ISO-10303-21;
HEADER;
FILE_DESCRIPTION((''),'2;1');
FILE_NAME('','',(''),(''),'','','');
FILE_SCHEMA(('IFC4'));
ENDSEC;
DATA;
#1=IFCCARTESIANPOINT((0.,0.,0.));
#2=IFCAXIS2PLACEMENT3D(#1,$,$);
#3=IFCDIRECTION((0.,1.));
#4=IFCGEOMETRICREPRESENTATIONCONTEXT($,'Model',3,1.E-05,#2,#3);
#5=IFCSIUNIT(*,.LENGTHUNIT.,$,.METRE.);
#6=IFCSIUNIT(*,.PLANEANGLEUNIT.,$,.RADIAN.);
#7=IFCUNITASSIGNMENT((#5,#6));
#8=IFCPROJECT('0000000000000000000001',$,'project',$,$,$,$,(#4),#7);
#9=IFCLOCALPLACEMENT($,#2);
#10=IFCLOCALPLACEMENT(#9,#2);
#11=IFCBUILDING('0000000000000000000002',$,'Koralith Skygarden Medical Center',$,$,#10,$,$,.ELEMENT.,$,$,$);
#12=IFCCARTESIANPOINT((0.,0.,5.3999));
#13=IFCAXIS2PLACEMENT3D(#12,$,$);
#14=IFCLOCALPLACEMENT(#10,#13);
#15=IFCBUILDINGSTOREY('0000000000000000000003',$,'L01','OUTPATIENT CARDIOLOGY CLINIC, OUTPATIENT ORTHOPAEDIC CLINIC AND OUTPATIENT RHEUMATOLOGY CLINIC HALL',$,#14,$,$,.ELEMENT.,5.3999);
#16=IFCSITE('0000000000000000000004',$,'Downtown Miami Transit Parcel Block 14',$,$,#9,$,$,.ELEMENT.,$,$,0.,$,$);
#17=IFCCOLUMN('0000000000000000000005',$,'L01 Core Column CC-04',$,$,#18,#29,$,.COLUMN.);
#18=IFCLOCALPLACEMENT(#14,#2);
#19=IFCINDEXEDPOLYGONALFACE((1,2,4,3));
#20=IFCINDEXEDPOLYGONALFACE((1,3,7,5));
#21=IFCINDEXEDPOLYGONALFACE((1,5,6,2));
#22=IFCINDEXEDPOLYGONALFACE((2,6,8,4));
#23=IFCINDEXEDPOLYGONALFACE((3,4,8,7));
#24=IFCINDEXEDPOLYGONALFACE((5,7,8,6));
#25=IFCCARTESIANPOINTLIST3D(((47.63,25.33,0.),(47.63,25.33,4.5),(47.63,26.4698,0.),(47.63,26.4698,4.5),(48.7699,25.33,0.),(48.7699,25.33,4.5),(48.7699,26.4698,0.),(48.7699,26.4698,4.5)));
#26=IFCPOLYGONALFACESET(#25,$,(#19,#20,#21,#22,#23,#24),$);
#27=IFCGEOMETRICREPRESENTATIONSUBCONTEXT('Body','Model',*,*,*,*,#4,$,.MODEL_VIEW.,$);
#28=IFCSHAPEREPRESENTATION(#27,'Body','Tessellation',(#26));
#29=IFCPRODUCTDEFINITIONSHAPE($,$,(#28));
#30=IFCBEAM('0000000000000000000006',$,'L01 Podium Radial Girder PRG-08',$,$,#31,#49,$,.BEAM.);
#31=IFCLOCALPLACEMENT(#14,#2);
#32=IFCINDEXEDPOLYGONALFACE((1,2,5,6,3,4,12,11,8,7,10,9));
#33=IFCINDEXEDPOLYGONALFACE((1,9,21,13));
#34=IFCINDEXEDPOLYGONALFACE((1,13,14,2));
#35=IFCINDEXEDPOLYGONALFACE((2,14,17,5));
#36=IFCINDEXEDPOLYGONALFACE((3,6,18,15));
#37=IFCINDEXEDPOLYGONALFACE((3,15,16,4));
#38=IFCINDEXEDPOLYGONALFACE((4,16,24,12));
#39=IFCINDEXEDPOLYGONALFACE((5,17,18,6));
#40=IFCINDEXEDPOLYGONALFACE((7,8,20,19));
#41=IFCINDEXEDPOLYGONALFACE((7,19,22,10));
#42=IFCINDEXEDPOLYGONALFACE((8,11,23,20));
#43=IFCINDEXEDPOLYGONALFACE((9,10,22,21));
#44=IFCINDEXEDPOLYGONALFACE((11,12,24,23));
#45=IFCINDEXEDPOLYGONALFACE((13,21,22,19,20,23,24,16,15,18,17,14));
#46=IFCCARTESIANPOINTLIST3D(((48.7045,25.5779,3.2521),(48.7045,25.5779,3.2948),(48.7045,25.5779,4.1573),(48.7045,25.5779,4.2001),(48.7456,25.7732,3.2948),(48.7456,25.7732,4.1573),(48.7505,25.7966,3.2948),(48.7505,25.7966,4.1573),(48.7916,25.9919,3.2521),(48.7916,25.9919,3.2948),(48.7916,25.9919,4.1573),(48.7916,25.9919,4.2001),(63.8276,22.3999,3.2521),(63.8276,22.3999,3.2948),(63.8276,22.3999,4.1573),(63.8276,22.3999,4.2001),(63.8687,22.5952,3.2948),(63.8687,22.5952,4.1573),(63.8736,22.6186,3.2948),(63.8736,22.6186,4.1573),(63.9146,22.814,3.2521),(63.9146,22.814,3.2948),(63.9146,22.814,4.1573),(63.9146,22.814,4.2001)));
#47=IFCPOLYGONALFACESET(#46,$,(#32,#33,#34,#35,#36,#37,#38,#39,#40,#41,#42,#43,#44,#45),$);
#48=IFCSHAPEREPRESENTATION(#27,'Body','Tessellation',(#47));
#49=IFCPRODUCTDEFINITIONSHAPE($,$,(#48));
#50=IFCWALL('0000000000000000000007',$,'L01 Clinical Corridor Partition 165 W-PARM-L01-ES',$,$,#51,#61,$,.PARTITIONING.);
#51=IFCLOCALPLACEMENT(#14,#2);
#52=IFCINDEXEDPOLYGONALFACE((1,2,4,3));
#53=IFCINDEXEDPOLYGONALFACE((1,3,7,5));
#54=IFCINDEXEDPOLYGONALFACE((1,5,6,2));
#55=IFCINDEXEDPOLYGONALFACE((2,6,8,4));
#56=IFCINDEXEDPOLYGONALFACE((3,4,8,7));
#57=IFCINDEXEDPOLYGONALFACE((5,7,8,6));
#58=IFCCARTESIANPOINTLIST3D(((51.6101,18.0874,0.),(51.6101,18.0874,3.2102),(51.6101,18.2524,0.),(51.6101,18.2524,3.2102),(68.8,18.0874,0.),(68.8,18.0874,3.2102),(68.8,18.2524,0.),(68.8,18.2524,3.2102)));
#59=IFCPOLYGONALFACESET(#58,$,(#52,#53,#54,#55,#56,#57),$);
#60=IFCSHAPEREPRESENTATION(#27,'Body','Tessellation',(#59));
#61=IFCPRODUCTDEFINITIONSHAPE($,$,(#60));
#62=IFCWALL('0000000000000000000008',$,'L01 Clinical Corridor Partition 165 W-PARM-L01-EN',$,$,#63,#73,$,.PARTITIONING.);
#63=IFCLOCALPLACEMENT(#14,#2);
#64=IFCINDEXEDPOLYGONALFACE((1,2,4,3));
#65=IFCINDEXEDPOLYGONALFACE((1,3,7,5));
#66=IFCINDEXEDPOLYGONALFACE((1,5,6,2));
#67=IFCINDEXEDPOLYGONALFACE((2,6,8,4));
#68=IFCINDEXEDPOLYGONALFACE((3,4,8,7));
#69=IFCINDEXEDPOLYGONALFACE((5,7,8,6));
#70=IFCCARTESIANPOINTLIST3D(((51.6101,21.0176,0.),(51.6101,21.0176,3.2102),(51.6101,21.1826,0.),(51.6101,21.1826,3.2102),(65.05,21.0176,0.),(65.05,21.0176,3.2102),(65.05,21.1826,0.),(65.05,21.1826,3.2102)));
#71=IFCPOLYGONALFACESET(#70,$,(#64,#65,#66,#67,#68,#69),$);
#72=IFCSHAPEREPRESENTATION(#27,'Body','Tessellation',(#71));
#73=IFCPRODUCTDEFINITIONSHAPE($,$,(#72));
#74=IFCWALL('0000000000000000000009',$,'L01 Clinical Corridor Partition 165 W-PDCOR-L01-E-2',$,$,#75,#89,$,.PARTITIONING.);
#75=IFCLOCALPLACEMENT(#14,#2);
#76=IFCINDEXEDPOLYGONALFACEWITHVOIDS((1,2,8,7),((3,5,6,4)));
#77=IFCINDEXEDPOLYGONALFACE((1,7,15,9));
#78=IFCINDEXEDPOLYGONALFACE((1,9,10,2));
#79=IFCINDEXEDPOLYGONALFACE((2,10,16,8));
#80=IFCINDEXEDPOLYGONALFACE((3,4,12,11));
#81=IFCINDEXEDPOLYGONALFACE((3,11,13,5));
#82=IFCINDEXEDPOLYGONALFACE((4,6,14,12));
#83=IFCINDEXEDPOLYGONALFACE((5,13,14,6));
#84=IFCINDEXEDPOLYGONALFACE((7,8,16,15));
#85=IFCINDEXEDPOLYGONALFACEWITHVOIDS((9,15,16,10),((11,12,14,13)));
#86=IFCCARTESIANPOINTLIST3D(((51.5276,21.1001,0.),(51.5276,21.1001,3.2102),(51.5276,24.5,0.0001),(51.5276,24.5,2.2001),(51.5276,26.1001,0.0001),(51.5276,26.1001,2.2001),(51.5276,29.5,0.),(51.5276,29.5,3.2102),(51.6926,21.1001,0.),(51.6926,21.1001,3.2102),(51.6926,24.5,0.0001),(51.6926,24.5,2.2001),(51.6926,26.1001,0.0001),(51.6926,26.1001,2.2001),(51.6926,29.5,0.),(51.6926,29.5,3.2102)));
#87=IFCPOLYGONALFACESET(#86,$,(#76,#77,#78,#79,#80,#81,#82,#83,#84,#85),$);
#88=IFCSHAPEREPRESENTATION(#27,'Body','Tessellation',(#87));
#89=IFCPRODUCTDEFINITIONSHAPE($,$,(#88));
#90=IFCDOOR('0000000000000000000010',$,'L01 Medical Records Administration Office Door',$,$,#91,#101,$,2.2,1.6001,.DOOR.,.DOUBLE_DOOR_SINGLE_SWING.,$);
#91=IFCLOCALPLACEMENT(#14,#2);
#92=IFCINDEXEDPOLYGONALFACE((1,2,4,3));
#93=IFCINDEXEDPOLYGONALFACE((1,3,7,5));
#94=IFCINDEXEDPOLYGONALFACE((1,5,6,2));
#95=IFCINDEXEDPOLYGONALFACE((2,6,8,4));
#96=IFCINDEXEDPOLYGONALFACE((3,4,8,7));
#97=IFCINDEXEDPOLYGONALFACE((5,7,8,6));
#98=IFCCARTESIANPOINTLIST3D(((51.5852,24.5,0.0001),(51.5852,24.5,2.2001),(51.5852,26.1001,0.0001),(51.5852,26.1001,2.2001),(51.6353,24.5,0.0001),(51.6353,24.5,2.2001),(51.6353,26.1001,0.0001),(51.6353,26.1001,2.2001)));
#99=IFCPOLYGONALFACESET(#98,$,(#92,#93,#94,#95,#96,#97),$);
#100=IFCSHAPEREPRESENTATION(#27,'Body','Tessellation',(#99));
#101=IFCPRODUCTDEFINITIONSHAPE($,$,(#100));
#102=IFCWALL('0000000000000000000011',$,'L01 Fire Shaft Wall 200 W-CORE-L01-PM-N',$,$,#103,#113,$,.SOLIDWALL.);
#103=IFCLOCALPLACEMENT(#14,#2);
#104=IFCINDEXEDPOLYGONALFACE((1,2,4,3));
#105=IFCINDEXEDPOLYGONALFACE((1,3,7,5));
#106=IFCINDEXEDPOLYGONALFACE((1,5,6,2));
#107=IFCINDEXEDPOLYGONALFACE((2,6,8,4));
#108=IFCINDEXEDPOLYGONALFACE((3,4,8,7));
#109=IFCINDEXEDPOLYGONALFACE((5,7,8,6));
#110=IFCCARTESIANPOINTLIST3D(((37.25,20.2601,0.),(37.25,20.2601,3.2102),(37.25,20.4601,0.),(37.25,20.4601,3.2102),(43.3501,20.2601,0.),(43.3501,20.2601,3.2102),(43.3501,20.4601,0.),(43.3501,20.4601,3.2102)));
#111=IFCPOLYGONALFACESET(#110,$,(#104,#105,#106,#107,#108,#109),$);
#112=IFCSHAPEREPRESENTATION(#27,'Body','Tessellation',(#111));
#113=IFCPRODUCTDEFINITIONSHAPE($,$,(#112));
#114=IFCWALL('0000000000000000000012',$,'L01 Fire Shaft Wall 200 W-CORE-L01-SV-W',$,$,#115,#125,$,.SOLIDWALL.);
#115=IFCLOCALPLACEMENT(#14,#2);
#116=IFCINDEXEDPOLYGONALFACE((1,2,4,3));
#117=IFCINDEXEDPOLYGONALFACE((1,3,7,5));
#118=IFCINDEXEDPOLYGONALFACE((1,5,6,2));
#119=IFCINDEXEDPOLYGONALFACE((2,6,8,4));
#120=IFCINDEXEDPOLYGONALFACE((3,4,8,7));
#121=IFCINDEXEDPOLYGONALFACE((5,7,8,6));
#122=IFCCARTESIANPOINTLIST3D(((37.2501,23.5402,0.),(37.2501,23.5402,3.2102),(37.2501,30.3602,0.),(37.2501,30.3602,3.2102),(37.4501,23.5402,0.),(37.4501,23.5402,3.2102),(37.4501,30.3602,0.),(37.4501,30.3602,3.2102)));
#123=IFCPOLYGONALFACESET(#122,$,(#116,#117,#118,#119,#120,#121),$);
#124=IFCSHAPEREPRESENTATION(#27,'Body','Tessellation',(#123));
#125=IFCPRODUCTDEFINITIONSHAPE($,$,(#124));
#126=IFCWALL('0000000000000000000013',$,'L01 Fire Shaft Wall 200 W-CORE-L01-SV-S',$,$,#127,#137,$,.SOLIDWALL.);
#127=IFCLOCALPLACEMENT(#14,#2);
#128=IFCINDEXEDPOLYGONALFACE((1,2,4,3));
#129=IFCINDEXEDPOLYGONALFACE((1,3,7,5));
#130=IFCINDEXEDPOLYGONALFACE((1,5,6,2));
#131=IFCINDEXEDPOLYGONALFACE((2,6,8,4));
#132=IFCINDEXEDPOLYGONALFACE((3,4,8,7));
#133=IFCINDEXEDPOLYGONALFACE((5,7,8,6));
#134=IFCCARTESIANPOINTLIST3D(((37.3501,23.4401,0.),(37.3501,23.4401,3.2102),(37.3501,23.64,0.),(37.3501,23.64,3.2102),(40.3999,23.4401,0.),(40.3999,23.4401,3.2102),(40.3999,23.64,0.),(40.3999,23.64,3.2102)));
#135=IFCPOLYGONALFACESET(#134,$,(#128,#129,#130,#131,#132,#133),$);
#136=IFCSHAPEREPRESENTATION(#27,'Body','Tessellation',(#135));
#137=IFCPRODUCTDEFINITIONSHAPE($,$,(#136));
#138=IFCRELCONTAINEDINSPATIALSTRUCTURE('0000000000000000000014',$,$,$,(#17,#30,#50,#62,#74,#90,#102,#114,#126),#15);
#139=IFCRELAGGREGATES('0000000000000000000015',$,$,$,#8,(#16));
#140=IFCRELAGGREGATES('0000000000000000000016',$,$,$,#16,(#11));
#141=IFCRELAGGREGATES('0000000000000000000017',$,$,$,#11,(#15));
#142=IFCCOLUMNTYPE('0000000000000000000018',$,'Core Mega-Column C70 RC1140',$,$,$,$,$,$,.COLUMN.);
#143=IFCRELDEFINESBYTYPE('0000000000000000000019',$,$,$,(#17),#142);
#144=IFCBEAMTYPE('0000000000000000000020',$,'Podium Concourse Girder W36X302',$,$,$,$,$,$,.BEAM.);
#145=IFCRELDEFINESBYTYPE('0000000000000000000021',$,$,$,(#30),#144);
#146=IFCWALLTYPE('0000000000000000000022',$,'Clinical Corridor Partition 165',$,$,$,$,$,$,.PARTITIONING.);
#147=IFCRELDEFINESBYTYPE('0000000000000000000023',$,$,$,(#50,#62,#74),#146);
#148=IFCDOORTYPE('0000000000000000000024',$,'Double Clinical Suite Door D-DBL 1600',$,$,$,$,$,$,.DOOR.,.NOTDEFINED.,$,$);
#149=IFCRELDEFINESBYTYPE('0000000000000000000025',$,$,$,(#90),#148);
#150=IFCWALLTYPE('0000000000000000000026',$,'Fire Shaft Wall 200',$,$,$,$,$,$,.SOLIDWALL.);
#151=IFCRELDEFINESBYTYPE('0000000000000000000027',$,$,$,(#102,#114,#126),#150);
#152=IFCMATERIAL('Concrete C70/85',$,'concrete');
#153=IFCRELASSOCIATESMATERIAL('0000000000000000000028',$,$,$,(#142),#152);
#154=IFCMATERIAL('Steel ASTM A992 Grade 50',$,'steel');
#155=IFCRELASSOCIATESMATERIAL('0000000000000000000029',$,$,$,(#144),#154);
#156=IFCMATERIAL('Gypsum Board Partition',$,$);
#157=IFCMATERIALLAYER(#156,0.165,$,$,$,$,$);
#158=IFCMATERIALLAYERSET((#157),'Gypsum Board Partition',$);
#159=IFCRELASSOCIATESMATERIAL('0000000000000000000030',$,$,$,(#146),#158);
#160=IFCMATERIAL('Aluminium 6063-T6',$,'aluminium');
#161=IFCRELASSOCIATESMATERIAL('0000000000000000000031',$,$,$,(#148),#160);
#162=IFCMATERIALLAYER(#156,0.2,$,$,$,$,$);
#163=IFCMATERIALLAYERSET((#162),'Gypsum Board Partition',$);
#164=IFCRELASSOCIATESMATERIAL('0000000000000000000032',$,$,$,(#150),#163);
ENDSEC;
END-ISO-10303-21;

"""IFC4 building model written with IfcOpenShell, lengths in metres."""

from ifc_helpers import new_model, si_unit, direction, frame, frame_2d, origin, origin_2d, place, context, subcontext, project, spatial, rectangle, i_section, extrude, material, layer, layer_set, material_profile, profile_set, type_object, element, fill, save


model = new_model("IFC4")

# Units and contexts
model_context = context("Model", 3, precision=1e-05, world=origin(), true_north=direction((0.0, 1.0)))
body_context = subcontext(model_context, "Body", "Model", "MODEL_VIEW")
ifc_project = project(units=[si_unit("LENGTHUNIT", "METRE"), si_unit("PLANEANGLEUNIT", "RADIAN")], contexts=[model_context])

# Site, building, storey
site_placement = place(None, origin())
site = spatial("IfcSite", under=ifc_project, at=site_placement, Name="Downtown Miami Transit Parcel Block 14", CompositionType="ELEMENT", RefElevation=0.0)
building_placement = place(site_placement, origin())
building = spatial("IfcBuilding", under=site, at=building_placement, Name="Koralith Skygarden Medical Center", CompositionType="ELEMENT")
storey_placement = place(building_placement, frame((0.0, 0.0, 5.3999)))
storey = spatial("IfcBuildingStorey", under=building, at=storey_placement, Name="L01", Description="OUTPATIENT CARDIOLOGY CLINIC, OUTPATIENT ORTHOPAEDIC CLINIC AND OUTPATIENT RHEUMATOLOGY CLINIC HALL", CompositionType="ELEMENT", Elevation=5.3999)

# Column
ifc_material_1 = material(Name="Concrete C70/85", Category="concrete")
ifc_material_profile_1 = material_profile(ifc_material_1, rectangle(XDim=1.1399, YDim=1.1399, at=origin_2d()), Name="RC1140X1140")
ifc_profile_set_1 = profile_set([ifc_material_profile_1], Name="Concrete C70/85")
column_type = type_object("IfcColumnType", Name="Core Mega-Column C70 RC1140", PredefinedType="COLUMN", material=ifc_profile_set_1)
column_placement = place(storey_placement, frame((48.2, 25.8999, 0.0), z_axis=(0.0, 0.0, 1.0), x_axis=(1.0, 0.0, 0.0)))
element("IfcColumn", 1, at=column_placement, inside=storey, type_object=column_type, Name="L01 Core Column CC-04", PredefinedType="COLUMN", context=body_context, shape_type="SweptSolid", body=[
    extrude(rectangle(XDim=1.1399, YDim=1.1399, at=origin_2d()), origin(), (0.0, 0.0, 1.0), 4.5),
])

# Beam
ifc_material_2 = material(Name="Steel ASTM A992 Grade 50", Category="steel")
ifc_material_profile_2 = material_profile(ifc_material_2, i_section(OverallWidth=0.4231, OverallDepth=0.948, WebThickness=0.0239, FlangeThickness=0.0427, at=origin_2d()), Name="W36X302")
ifc_profile_set_2 = profile_set([ifc_material_profile_2], Name="Steel ASTM A992 Grade 50")
beam_type = type_object("IfcBeamType", Name="Podium Concourse Girder W36X302", PredefinedType="BEAM", material=ifc_profile_set_2)
beam_placement = place(storey_placement, frame((48.748, 25.7849, 3.7261), z_axis=(0.978626, -0.20565, 0.0), x_axis=(0.20565, 0.978626, 0.0)))
element("IfcBeam", 2, at=beam_placement, inside=storey, type_object=beam_type, Name="L01 Podium Radial Girder PRG-08", PredefinedType="BEAM", context=body_context, shape_type="SweptSolid", body=[
    extrude(i_section(OverallWidth=0.4231, OverallDepth=0.948, WebThickness=0.0239, FlangeThickness=0.0427, at=origin_2d()), origin(), (0.0, 0.0, 1.0), 15.4534),
])

# Walls
ifc_material_3 = material(Name="Gypsum Board Partition")
ifc_layer_1 = layer(ifc_material_3, 0.165)
ifc_layer_set_1 = layer_set([ifc_layer_1], Name="Gypsum Board Partition")
wall_type_1 = type_object("IfcWallType", Name="Clinical Corridor Partition 165", PredefinedType="PARTITIONING", material=ifc_layer_set_1)
wall_1_placement = place(storey_placement, frame((51.6101, 18.1699, 0.0), z_axis=(0.0, 0.0, 1.0), x_axis=(1.0, 0.0, 0.0)))
element("IfcWall", 3, at=wall_1_placement, inside=storey, type_object=wall_type_1, Name="L01 Clinical Corridor Partition 165 W-PARM-L01-ES", PredefinedType="PARTITIONING", context=body_context, shape_type="SweptSolid", body=[
    extrude(rectangle(XDim=17.1899, YDim=0.165, at=frame_2d((8.595, 0.0))), origin(), (0.0, 0.0, 1.0), 3.2102),
])
wall_2_placement = place(storey_placement, frame((51.6101, 21.1001, 0.0), z_axis=(0.0, 0.0, 1.0), x_axis=(1.0, 0.0, 0.0)))
element("IfcWall", 4, at=wall_2_placement, inside=storey, type_object=wall_type_1, Name="L01 Clinical Corridor Partition 165 W-PARM-L01-EN", PredefinedType="PARTITIONING", context=body_context, shape_type="SweptSolid", body=[
    extrude(rectangle(XDim=13.4399, YDim=0.165, at=frame_2d((6.72, 0.0))), origin(), (0.0, 0.0, 1.0), 3.2102),
])

# Wall, opening, door
wall_3_placement = place(storey_placement, frame((51.6101, 21.1001, 0.0), z_axis=(0.0, 0.0, 1.0), x_axis=(0.0, 1.0, 0.0)))
wall_3 = element("IfcWall", 5, at=wall_3_placement, inside=storey, type_object=wall_type_1, Name="L01 Clinical Corridor Partition 165 W-PDCOR-L01-E-2", PredefinedType="PARTITIONING", context=body_context, shape_type="SweptSolid", body=[
    extrude(rectangle(XDim=8.3999, YDim=0.165, at=frame_2d((4.2, 0.0))), origin(), (0.0, 0.0, 1.0), 3.2102),
])
opening_1_placement = place(wall_3_placement, frame((3.3999, 0.0, 0.0)))
opening_1 = element("IfcOpeningElement", 6, at=opening_1_placement, cuts=wall_3, PredefinedType="OPENING", context=body_context, shape_type="SweptSolid", body=[
    extrude(rectangle(XDim=1.6001, YDim=2.2, at=frame_2d((0.8, 1.1001))), frame((0.0, 0.0925, 0.0), z_axis=(0.0, -1.0, 0.0), x_axis=(1.0, 0.0, 0.0)), (0.0, 0.0, 1.0), 0.1851),
])
ifc_material_4 = material(Name="Aluminium 6063-T6", Category="aluminium")
door_type_1 = type_object("IfcDoorType", Name="Double Clinical Suite Door D-DBL 1600", OperationType="NOTDEFINED", PredefinedType="DOOR", material=ifc_material_4)
door_1_placement = place(opening_1_placement, origin())
door_1 = element("IfcDoor", 7, at=door_1_placement, inside=storey, type_object=door_type_1, Name="L01 Medical Records Administration Office Door", OperationType="DOUBLE_DOOR_SINGLE_SWING", OverallHeight=2.2, OverallWidth=1.6001, PredefinedType="DOOR", context=body_context, shape_type="SweptSolid", body=[
    extrude(rectangle(XDim=1.6001, YDim=2.2, at=frame_2d((0.8, 1.1001))), frame((0.0, 0.0249, 0.0), z_axis=(0.0, -1.0, 0.0), x_axis=(1.0, 0.0, 0.0)), (0.0, 0.0, 1.0), 0.05),
])
fill(opening_1, door_1)
ifc_layer_2 = layer(ifc_material_3, 0.2)
ifc_layer_set_2 = layer_set([ifc_layer_2], Name="Gypsum Board Partition")
wall_type_2 = type_object("IfcWallType", Name="Fire Shaft Wall 200", PredefinedType="SOLIDWALL", material=ifc_layer_set_2)

# Walls
wall_4_placement = place(storey_placement, frame((37.25, 20.3601, 0.0), z_axis=(0.0, 0.0, 1.0), x_axis=(1.0, 0.0, 0.0)))
element("IfcWall", 8, at=wall_4_placement, inside=storey, type_object=wall_type_2, Name="L01 Fire Shaft Wall 200 W-CORE-L01-PM-N", PredefinedType="SOLIDWALL", context=body_context, shape_type="SweptSolid", body=[
    extrude(rectangle(XDim=6.1001, YDim=0.2, at=frame_2d((3.05, 0.0))), origin(), (0.0, 0.0, 1.0), 3.2102),
])
wall_5_placement = place(storey_placement, frame((37.3501, 23.54, 0.0), z_axis=(0.0, 0.0, 1.0), x_axis=(0.0, 1.0, 0.0)))
element("IfcWall", 9, at=wall_5_placement, inside=storey, type_object=wall_type_2, Name="L01 Fire Shaft Wall 200 W-CORE-L01-SV-W", PredefinedType="SOLIDWALL", context=body_context, shape_type="SweptSolid", body=[
    extrude(rectangle(XDim=6.8201, YDim=0.2, at=frame_2d((3.4102, 0.0))), origin(), (0.0, 0.0, 1.0), 3.2102),
])
wall_6_placement = place(storey_placement, frame((37.3501, 23.54, 0.0), z_axis=(0.0, 0.0, 1.0), x_axis=(1.0, 0.0, 0.0)))
element("IfcWall", 10, at=wall_6_placement, inside=storey, type_object=wall_type_2, Name="L01 Fire Shaft Wall 200 W-CORE-L01-SV-S", PredefinedType="SOLIDWALL", context=body_context, shape_type="SweptSolid", body=[
    extrude(rectangle(XDim=3.0498, YDim=0.2, at=frame_2d((1.5249, 0.0))), origin(), (0.0, 0.0, 1.0), 3.2102),
])

save(model, "model.ifc")
